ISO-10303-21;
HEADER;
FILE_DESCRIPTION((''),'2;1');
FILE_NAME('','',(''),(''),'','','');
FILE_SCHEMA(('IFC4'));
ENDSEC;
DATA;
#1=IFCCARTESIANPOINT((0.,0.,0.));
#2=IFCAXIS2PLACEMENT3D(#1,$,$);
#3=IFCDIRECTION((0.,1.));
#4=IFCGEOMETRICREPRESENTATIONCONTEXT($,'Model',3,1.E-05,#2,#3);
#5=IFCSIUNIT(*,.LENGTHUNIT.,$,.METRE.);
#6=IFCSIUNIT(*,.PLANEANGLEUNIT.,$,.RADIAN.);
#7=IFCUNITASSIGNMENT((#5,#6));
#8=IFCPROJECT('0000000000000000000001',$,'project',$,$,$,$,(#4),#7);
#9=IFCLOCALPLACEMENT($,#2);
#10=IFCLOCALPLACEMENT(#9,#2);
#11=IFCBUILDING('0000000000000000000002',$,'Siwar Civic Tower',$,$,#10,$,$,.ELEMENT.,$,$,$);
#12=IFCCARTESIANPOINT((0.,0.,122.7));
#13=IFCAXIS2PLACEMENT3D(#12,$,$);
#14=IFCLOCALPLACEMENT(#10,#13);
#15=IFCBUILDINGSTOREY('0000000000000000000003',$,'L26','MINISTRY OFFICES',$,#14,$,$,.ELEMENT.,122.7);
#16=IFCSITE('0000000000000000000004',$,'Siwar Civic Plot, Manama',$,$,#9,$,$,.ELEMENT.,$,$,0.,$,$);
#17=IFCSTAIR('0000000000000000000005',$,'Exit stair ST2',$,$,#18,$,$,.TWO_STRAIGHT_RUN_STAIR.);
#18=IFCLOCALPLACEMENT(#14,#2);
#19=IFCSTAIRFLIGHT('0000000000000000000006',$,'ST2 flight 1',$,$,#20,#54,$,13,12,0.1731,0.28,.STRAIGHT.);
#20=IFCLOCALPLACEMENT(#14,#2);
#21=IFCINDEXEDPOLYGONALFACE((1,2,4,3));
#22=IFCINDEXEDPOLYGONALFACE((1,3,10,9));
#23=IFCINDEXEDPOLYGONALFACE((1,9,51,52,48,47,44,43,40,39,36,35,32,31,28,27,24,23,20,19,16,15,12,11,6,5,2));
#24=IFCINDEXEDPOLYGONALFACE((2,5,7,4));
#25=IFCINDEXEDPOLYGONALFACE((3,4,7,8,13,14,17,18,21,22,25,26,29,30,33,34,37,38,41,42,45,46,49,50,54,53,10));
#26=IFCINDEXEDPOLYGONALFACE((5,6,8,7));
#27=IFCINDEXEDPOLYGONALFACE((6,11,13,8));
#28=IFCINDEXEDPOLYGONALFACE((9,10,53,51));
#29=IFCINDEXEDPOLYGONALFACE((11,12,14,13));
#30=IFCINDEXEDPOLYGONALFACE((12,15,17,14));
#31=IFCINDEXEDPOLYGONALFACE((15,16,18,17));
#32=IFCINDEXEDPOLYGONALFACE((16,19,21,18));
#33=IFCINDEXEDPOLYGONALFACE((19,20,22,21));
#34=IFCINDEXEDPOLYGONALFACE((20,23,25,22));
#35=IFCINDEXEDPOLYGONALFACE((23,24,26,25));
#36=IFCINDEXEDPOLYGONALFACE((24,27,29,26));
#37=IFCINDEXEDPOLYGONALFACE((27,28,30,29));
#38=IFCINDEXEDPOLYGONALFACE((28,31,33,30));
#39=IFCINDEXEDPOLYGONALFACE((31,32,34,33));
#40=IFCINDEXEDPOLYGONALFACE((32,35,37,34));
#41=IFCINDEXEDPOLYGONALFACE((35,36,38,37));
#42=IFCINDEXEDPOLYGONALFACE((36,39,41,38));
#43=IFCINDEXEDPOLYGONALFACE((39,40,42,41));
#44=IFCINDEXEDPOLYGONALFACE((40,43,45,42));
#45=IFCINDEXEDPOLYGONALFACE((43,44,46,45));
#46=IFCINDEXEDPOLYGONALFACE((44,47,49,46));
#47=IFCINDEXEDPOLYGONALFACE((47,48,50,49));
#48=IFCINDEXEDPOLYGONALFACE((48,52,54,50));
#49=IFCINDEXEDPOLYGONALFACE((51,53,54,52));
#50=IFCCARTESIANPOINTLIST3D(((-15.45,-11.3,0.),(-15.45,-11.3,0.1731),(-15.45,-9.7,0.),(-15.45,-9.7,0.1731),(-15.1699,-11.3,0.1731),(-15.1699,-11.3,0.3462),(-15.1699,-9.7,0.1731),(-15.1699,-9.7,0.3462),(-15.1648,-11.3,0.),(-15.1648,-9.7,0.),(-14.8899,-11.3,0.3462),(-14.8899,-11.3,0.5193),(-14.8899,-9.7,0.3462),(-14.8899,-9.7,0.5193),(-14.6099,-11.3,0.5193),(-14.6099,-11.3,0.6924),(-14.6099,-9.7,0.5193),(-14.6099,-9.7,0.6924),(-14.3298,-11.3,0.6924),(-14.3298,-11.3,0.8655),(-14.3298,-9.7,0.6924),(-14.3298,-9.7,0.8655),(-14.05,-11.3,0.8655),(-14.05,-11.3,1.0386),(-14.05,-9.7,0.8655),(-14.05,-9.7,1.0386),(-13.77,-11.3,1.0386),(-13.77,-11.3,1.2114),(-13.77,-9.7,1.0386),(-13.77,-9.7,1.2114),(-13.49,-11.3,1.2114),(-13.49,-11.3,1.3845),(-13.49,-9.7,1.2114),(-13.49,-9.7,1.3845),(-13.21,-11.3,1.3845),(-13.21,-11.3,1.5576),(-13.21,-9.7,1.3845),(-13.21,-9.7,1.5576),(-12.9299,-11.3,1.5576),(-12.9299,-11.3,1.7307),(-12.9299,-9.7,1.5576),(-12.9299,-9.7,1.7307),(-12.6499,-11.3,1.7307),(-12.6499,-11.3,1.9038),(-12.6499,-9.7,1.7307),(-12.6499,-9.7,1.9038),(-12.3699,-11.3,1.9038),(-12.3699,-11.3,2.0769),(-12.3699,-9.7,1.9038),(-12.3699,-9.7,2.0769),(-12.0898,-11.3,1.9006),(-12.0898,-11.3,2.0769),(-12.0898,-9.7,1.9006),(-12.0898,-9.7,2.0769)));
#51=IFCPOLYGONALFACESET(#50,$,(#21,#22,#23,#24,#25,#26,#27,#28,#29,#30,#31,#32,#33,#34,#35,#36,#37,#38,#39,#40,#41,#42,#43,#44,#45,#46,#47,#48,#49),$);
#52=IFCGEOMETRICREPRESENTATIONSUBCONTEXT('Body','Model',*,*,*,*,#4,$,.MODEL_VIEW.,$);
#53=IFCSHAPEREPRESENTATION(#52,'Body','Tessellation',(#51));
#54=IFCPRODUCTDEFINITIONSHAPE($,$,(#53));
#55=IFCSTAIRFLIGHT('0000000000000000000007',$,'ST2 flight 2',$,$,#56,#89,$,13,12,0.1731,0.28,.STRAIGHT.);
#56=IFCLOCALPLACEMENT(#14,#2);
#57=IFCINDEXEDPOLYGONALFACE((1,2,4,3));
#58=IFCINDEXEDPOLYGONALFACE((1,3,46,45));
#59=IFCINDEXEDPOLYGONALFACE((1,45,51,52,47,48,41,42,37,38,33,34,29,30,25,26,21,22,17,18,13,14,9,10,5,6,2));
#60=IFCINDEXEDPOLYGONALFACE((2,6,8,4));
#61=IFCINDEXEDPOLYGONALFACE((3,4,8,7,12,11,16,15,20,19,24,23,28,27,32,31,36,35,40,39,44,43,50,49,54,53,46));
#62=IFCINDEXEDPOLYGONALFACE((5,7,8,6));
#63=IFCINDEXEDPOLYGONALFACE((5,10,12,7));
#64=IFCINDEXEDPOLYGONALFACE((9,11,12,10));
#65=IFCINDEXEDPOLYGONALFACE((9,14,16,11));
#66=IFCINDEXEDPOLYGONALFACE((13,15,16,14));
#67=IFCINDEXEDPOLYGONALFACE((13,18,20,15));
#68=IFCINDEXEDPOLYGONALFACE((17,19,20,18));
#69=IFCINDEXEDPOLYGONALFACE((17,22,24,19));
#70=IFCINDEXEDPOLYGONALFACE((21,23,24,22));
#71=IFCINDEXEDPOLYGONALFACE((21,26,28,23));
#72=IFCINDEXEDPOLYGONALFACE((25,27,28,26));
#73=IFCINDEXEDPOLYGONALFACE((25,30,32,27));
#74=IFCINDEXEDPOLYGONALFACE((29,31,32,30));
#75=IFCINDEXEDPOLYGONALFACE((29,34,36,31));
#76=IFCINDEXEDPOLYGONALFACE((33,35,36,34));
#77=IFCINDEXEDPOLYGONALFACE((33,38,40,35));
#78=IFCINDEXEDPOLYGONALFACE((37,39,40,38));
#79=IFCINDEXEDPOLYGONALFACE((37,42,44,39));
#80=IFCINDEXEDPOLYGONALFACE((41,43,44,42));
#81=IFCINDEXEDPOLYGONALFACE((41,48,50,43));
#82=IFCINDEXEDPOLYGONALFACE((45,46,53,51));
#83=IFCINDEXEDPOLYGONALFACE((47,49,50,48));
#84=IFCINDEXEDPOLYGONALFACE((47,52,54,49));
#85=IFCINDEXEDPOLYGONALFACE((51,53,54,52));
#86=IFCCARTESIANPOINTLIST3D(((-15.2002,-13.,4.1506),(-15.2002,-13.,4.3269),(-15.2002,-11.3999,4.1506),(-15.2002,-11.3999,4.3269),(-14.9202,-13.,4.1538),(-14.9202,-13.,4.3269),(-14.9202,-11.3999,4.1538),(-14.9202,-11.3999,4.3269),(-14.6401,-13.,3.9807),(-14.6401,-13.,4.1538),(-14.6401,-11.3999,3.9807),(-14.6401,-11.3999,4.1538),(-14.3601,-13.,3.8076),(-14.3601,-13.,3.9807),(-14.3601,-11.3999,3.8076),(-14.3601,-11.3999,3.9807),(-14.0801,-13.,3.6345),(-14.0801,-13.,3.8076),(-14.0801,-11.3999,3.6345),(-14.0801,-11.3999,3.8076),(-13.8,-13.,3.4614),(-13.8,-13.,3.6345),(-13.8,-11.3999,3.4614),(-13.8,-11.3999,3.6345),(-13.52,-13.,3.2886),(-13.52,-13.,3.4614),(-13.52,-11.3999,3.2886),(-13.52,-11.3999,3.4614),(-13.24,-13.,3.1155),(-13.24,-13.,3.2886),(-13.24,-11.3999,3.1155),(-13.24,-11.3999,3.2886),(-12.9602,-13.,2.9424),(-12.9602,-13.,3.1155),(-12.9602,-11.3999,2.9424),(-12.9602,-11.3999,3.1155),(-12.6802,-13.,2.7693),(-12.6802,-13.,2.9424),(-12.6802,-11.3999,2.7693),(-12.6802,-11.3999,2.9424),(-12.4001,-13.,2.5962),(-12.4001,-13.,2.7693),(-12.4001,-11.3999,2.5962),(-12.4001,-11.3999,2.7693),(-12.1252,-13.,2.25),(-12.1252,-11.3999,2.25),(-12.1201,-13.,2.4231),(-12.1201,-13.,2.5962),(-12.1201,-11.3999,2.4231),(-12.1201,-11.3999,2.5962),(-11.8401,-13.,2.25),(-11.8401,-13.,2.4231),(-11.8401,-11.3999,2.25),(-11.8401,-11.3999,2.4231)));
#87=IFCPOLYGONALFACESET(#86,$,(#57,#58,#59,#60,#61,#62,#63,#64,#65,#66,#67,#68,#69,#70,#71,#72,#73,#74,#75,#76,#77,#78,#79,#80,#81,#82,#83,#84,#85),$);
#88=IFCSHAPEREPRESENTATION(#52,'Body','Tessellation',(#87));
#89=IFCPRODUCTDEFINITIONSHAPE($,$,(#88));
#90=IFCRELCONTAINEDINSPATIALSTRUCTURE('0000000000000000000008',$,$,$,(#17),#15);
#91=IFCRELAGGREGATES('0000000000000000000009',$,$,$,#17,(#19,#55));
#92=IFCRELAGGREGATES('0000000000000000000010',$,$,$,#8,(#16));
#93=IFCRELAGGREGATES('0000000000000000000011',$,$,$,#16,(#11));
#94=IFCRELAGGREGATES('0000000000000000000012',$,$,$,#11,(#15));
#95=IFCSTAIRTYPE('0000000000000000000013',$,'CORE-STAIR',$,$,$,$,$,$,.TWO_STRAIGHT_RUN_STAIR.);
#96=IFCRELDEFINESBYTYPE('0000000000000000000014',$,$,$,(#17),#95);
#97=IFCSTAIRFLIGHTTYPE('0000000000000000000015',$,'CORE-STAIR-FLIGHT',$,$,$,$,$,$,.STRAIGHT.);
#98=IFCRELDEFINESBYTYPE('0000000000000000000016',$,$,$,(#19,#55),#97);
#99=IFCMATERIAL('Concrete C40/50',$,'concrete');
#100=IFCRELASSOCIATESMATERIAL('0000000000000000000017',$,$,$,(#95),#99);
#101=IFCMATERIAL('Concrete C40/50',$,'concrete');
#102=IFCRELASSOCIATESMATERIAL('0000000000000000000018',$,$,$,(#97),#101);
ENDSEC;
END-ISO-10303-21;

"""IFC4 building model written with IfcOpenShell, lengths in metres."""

from ifc_helpers import new_model, si_unit, direction, frame, origin, place, context, subcontext, project, spatial, polyline, outline, extrude, material, type_object, element, aggregate, save


model = new_model("IFC4")

# Units and contexts
model_context = context("Model", 3, precision=1e-05, world=origin(), true_north=direction((0.0, 1.0)))
body_context = subcontext(model_context, "Body", "Model", "MODEL_VIEW")
ifc_project = project(units=[si_unit("LENGTHUNIT", "METRE"), si_unit("PLANEANGLEUNIT", "RADIAN")], contexts=[model_context])

# Site, building, storey
site_placement = place(None, origin())
site = spatial("IfcSite", under=ifc_project, at=site_placement, Name="Siwar Civic Plot, Manama", CompositionType="ELEMENT", RefElevation=0.0)
building_placement = place(site_placement, origin())
building = spatial("IfcBuilding", under=site, at=building_placement, Name="Siwar Civic Tower", CompositionType="ELEMENT")
storey_placement = place(building_placement, frame((0.0, 0.0, 122.7)))
storey = spatial("IfcBuildingStorey", under=building, at=storey_placement, Name="L26", Description="MINISTRY OFFICES", CompositionType="ELEMENT", Elevation=122.7)

# Stair, stair flights
ifc_material_1 = material(Name="Concrete C40/50", Category="concrete")
stair_type = type_object("IfcStairType", Name="CORE-STAIR", PredefinedType="TWO_STRAIGHT_RUN_STAIR", material=ifc_material_1)
stair_placement = place(storey_placement, origin())
stair = element("IfcStair", 1, at=stair_placement, inside=storey, type_object=stair_type, Name="Exit stair ST2", PredefinedType="TWO_STRAIGHT_RUN_STAIR")
ifc_material_2 = material(Name="Concrete C40/50", Category="concrete")
stair_flight_type = type_object("IfcStairFlightType", Name="CORE-STAIR-FLIGHT", PredefinedType="STRAIGHT", material=ifc_material_2)
stair_flight_1_placement = place(storey_placement, frame((-15.45, -10.5, 0.0), z_axis=(0.0, 0.0, 1.0), x_axis=(1.0, 0.0, 0.0)))
stair_flight_1 = element("IfcStairFlight", 2, at=stair_flight_1_placement, type_object=stair_flight_type, Name="ST2 flight 1", NumberOfRisers=13, NumberOfTreads=12, PredefinedType="STRAIGHT", RiserHeight=0.1731, TreadLength=0.28, context=body_context, shape_type="SweptSolid", body=[
    extrude(outline(polyline([(0.0, 0.0), (0.0, 0.1731), (0.28, 0.1731), (0.28, 0.3462), (0.5601, 0.3462), (0.5601, 0.5193), (0.8401, 0.5193), (0.8401, 0.6924), (1.1201, 0.6924), (1.1201, 0.8655), (1.3999, 0.8655), (1.3999, 1.0386), (1.6799, 1.0386), (1.6799, 1.2114), (1.96, 1.2114), (1.96, 1.3845), (2.24, 1.3845), (2.24, 1.5576), (2.52, 1.5576), (2.52, 1.7307), (2.8, 1.7307), (2.8, 1.9038), (3.0801, 1.9038), (3.0801, 2.0769), (3.3601, 2.0769), (3.3601, 2.25), (3.3601, 1.9006), (0.2852, 0.0), (0.0, 0.0)])), frame((0.0, 0.8, 0.0), z_axis=(0.0, -1.0, 0.0), x_axis=(1.0, 0.0, 0.0)), (0.0, 0.0, 1.0), 1.6001),
])
stair_flight_2_placement = place(storey_placement, frame((-11.8401, -12.2, 2.25), z_axis=(0.0, 0.0, 1.0), x_axis=(-1.0, 0.0, 0.0)))
stair_flight_2 = element("IfcStairFlight", 3, at=stair_flight_2_placement, type_object=stair_flight_type, Name="ST2 flight 2", NumberOfRisers=13, NumberOfTreads=12, PredefinedType="STRAIGHT", RiserHeight=0.1731, TreadLength=0.28, context=body_context, shape_type="SweptSolid", body=[
    extrude(outline(polyline([(0.0, 0.0), (0.0, 0.1731), (0.28, 0.1731), (0.28, 0.3462), (0.5601, 0.3462), (0.5601, 0.5193), (0.8401, 0.5193), (0.8401, 0.6924), (1.1201, 0.6924), (1.1201, 0.8655), (1.3999, 0.8655), (1.3999, 1.0386), (1.6799, 1.0386), (1.6799, 1.2114), (1.96, 1.2114), (1.96, 1.3845), (2.24, 1.3845), (2.24, 1.5576), (2.52, 1.5576), (2.52, 1.7307), (2.8, 1.7307), (2.8, 1.9038), (3.0801, 1.9038), (3.0801, 2.0769), (3.3601, 2.0769), (3.3601, 2.25), (3.3601, 1.9006), (0.2852, 0.0), (0.0, 0.0)])), frame((0.0, 0.8, 0.0), z_axis=(0.0, -1.0, 0.0), x_axis=(1.0, 0.0, 0.0)), (0.0, 0.0, 1.0), 1.6001),
])
aggregate(stair, [stair_flight_1, stair_flight_2])

save(model, "model.ifc")
